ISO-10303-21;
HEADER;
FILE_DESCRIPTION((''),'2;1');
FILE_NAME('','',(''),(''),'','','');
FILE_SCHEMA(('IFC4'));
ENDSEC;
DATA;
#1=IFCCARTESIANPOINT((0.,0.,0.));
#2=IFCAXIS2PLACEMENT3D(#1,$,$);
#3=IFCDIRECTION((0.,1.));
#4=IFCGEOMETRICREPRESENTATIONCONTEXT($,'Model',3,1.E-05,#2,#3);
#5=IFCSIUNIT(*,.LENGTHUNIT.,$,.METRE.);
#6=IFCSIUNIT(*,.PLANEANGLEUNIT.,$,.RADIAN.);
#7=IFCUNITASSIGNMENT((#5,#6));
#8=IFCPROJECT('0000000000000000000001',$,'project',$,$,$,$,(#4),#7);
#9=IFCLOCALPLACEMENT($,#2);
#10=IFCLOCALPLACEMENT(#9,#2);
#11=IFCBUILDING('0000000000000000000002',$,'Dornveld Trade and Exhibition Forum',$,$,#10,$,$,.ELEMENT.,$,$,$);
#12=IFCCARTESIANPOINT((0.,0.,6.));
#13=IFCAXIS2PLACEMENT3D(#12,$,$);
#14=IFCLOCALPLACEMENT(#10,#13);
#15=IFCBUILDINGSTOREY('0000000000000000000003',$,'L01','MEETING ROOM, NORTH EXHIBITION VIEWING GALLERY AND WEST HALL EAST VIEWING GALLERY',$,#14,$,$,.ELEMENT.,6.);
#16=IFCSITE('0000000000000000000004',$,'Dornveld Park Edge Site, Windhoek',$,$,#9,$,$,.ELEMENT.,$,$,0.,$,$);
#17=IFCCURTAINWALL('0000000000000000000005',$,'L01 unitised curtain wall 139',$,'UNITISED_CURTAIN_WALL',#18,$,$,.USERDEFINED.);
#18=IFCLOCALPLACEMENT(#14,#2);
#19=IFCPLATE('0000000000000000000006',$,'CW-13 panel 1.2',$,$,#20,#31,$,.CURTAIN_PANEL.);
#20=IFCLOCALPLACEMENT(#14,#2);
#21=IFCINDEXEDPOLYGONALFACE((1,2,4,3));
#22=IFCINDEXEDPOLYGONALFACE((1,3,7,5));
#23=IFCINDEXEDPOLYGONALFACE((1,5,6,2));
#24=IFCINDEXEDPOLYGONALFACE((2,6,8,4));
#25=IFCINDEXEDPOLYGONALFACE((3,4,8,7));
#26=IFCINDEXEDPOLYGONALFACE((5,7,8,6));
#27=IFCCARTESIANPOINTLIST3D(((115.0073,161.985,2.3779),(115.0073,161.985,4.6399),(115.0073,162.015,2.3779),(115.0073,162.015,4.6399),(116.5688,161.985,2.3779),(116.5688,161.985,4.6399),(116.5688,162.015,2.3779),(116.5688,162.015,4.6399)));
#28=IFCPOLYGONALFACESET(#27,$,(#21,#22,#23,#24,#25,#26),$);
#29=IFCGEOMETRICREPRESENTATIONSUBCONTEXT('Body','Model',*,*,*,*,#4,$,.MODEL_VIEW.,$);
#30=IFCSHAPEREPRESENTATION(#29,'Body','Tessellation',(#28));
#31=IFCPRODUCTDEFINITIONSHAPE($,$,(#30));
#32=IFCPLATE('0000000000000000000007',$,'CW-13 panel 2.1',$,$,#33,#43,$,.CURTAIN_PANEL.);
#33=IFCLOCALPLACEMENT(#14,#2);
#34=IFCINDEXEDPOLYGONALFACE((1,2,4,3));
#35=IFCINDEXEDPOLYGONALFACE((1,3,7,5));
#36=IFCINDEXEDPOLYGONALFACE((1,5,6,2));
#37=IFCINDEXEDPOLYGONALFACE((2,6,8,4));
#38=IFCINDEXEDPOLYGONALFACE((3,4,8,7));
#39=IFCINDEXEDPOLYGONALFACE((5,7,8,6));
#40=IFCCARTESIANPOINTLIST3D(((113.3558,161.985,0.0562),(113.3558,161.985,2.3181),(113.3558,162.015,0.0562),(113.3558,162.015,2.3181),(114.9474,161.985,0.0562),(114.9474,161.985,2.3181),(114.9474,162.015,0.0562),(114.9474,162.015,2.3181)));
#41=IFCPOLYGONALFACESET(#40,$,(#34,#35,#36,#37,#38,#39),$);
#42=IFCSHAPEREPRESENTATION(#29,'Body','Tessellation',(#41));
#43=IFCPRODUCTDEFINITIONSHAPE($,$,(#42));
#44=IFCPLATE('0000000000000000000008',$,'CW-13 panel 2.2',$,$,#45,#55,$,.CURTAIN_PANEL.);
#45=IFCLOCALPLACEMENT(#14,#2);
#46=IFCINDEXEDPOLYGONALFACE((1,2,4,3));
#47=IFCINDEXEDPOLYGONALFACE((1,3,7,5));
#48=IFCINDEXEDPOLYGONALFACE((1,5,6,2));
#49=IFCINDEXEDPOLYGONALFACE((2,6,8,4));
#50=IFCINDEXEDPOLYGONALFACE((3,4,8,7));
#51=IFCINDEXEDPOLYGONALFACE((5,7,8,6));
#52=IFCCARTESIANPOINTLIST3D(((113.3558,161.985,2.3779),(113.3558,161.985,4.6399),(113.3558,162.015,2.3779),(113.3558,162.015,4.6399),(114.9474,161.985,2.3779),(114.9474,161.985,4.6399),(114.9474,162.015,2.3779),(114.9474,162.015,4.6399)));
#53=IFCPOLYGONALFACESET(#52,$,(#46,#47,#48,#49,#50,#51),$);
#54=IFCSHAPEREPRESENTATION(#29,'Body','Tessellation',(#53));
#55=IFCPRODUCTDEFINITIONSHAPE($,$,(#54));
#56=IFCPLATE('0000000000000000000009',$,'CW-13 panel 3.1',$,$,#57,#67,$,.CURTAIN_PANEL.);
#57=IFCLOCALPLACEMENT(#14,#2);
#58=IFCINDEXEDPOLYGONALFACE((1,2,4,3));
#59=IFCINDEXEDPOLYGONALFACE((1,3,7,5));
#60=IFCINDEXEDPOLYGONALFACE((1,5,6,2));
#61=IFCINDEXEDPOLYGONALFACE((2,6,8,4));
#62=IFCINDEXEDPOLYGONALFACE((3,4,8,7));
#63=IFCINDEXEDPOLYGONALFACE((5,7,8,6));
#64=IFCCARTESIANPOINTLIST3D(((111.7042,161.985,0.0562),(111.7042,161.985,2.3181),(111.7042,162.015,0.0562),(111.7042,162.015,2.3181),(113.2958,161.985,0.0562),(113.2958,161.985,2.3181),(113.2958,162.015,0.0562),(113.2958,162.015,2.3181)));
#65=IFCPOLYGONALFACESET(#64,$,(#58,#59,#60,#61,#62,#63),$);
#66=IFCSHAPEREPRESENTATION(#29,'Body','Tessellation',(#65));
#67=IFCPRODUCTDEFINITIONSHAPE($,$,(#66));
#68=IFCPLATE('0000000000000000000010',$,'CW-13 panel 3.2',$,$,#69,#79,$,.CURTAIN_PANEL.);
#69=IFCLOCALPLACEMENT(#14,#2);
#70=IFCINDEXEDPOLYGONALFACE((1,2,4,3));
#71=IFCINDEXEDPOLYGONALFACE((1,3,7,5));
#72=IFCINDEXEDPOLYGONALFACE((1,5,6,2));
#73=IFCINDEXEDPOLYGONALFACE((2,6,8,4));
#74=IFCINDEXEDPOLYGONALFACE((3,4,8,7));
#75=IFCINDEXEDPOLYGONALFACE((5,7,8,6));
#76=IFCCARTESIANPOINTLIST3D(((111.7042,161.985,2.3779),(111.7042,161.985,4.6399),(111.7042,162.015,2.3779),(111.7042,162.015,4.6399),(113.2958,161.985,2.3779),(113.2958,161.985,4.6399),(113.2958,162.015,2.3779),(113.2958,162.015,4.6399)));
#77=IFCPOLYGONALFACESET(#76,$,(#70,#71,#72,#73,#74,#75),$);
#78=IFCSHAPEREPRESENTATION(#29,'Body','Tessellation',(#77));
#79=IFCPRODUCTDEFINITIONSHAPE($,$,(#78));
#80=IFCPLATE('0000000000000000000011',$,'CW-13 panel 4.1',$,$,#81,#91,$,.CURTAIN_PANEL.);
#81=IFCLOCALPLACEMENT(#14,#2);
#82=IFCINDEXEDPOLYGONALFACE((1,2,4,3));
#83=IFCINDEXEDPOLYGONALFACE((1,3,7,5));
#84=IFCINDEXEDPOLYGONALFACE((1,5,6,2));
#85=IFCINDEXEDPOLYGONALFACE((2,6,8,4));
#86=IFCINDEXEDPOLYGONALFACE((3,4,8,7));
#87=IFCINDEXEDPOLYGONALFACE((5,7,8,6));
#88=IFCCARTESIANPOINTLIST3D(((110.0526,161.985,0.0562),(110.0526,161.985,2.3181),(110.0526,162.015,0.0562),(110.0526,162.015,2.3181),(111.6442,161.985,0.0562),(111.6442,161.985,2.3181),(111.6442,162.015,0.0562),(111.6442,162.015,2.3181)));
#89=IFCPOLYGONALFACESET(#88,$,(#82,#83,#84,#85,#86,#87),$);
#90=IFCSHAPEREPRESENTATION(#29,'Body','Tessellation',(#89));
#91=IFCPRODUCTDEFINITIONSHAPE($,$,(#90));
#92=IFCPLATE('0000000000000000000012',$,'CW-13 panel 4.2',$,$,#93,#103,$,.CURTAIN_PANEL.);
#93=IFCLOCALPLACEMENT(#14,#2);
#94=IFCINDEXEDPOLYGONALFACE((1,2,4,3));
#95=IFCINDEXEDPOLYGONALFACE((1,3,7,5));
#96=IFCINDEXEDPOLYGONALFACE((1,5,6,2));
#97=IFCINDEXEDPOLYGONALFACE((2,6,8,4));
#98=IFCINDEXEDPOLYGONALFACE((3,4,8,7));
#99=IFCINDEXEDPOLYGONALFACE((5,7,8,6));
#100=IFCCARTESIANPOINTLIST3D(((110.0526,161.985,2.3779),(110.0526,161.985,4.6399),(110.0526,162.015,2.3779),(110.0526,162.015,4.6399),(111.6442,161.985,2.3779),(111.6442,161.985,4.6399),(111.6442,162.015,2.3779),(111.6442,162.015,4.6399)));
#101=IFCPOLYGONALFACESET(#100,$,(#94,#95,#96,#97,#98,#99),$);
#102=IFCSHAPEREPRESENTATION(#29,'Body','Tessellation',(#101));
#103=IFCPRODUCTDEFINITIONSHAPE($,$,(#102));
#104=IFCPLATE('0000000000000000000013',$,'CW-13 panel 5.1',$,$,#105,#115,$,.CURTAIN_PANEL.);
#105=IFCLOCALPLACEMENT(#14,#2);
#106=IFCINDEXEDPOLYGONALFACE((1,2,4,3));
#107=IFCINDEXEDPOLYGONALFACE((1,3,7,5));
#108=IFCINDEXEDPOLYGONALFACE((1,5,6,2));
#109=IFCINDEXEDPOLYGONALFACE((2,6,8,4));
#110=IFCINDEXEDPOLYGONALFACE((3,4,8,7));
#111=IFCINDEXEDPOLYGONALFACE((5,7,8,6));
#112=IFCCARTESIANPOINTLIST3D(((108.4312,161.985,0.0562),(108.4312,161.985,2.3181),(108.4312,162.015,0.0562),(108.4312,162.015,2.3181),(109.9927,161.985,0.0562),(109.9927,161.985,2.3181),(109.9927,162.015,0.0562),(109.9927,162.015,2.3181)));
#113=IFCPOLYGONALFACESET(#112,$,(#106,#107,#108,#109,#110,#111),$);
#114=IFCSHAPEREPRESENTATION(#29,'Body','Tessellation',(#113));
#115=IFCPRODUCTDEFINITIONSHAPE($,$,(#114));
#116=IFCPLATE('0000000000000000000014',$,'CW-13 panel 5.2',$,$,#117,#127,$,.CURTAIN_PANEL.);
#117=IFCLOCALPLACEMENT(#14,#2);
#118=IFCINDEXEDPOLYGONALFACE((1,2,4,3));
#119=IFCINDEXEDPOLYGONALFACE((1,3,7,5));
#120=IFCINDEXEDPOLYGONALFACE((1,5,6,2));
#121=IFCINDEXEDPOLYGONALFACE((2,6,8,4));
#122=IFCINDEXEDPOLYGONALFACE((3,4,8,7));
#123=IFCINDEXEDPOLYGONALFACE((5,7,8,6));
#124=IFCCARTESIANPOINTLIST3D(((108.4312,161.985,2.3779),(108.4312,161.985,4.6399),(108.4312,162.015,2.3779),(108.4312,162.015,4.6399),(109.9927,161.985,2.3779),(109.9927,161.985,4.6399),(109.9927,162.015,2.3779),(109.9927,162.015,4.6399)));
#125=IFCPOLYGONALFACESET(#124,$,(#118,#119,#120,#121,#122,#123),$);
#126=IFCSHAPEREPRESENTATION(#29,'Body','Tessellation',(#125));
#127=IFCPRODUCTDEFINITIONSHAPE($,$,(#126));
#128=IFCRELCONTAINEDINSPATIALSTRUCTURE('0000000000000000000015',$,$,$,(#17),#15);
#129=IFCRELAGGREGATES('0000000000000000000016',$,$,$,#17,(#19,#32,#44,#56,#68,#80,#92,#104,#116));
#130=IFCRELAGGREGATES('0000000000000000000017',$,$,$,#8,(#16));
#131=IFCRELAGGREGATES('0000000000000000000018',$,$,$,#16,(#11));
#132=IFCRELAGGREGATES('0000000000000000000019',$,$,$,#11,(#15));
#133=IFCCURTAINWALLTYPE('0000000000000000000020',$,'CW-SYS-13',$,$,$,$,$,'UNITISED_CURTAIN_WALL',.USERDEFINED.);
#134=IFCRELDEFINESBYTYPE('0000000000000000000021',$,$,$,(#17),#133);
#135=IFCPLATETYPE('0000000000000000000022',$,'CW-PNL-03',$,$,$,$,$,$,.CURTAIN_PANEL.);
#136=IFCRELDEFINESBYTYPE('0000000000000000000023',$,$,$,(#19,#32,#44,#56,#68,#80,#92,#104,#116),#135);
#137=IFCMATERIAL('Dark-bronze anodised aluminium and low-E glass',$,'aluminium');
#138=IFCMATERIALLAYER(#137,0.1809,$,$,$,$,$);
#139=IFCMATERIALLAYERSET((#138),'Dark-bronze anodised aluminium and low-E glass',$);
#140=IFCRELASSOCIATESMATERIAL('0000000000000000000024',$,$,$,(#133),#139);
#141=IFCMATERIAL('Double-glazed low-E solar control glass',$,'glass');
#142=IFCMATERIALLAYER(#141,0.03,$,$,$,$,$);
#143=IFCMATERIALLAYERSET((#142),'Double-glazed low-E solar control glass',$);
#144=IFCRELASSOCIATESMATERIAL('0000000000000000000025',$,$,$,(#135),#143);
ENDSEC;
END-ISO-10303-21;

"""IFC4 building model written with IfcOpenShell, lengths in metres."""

from ifc_helpers import new_model, si_unit, direction, frame, origin, origin_2d, place, context, subcontext, project, spatial, rectangle, extrude, material, layer, layer_set, type_object, element, aggregate, save


model = new_model("IFC4")

# Units and contexts
model_context = context("Model", 3, precision=1e-05, world=origin(), true_north=direction((0.0, 1.0)))
body_context = subcontext(model_context, "Body", "Model", "MODEL_VIEW")
ifc_project = project(units=[si_unit("LENGTHUNIT", "METRE"), si_unit("PLANEANGLEUNIT", "RADIAN")], contexts=[model_context])

# Site, building, storey
site_placement = place(None, origin())
site = spatial("IfcSite", under=ifc_project, at=site_placement, Name="Dornveld Park Edge Site, Windhoek", CompositionType="ELEMENT", RefElevation=0.0)
building_placement = place(site_placement, origin())
building = spatial("IfcBuilding", under=site, at=building_placement, Name="Dornveld Trade and Exhibition Forum", CompositionType="ELEMENT")
storey_placement = place(building_placement, frame((0.0, 0.0, 6.0)))
storey = spatial("IfcBuildingStorey", under=building, at=storey_placement, Name="L01", Description="MEETING ROOM, NORTH EXHIBITION VIEWING GALLERY AND WEST HALL EAST VIEWING GALLERY", CompositionType="ELEMENT", Elevation=6.0)

# Curtain wall
ifc_material_1 = material(Name="Dark-bronze anodised aluminium and low-E glass", Category="aluminium")
ifc_layer_1 = layer(ifc_material_1, 0.1809)
ifc_layer_set_1 = layer_set([ifc_layer_1], Name="Dark-bronze anodised aluminium and low-E glass")
curtain_wall_type = type_object("IfcCurtainWallType", Name="CW-SYS-13", ElementType="UNITISED_CURTAIN_WALL", PredefinedType="USERDEFINED", material=ifc_layer_set_1)
curtain_wall_placement = place(storey_placement, origin())
curtain_wall = element("IfcCurtainWall", 1, at=curtain_wall_placement, inside=storey, type_object=curtain_wall_type, Name="L01 unitised curtain wall 139", ObjectType="UNITISED_CURTAIN_WALL", PredefinedType="USERDEFINED")

# Plates
ifc_material_2 = material(Name="Double-glazed low-E solar control glass", Category="glass")
ifc_layer_2 = layer(ifc_material_2, 0.03)
ifc_layer_set_2 = layer_set([ifc_layer_2], Name="Double-glazed low-E solar control glass")
plate_type = type_object("IfcPlateType", Name="CW-PNL-03", PredefinedType="CURTAIN_PANEL", material=ifc_layer_set_2)
plate_1_placement = place(storey_placement, frame((115.7881, 162.0, 2.3779), z_axis=(0.0, 0.0, 1.0), x_axis=(-1.0, 0.0, 0.0)))
plate_1 = element("IfcPlate", 2, at=plate_1_placement, type_object=plate_type, Name="CW-13 panel 1.2", PredefinedType="CURTAIN_PANEL", context=body_context, shape_type="SweptSolid", body=[
    extrude(rectangle(XDim=1.5615, YDim=0.03, at=origin_2d()), origin(), (0.0, 0.0, 1.0), 2.262),
])
plate_2_placement = place(storey_placement, frame((114.1516, 162.0, 0.0562), z_axis=(0.0, 0.0, 1.0), x_axis=(-1.0, 0.0, 0.0)))
plate_2 = element("IfcPlate", 3, at=plate_2_placement, type_object=plate_type, Name="CW-13 panel 2.1", PredefinedType="CURTAIN_PANEL", context=body_context, shape_type="SweptSolid", body=[
    extrude(rectangle(XDim=1.5916, YDim=0.03, at=origin_2d()), origin(), (0.0, 0.0, 1.0), 2.262),
])
plate_3_placement = place(storey_placement, frame((114.1516, 162.0, 2.3779), z_axis=(0.0, 0.0, 1.0), x_axis=(-1.0, 0.0, 0.0)))
plate_3 = element("IfcPlate", 4, at=plate_3_placement, type_object=plate_type, Name="CW-13 panel 2.2", PredefinedType="CURTAIN_PANEL", context=body_context, shape_type="SweptSolid", body=[
    extrude(rectangle(XDim=1.5916, YDim=0.03, at=origin_2d()), origin(), (0.0, 0.0, 1.0), 2.262),
])
plate_4_placement = place(storey_placement, frame((112.5, 162.0, 0.0562), z_axis=(0.0, 0.0, 1.0), x_axis=(-1.0, 0.0, 0.0)))
plate_4 = element("IfcPlate", 5, at=plate_4_placement, type_object=plate_type, Name="CW-13 panel 3.1", PredefinedType="CURTAIN_PANEL", context=body_context, shape_type="SweptSolid", body=[
    extrude(rectangle(XDim=1.5916, YDim=0.03, at=origin_2d()), origin(), (0.0, 0.0, 1.0), 2.262),
])
plate_5_placement = place(storey_placement, frame((112.5, 162.0, 2.3779), z_axis=(0.0, 0.0, 1.0), x_axis=(-1.0, 0.0, 0.0)))
plate_5 = element("IfcPlate", 6, at=plate_5_placement, type_object=plate_type, Name="CW-13 panel 3.2", PredefinedType="CURTAIN_PANEL", context=body_context, shape_type="SweptSolid", body=[
    extrude(rectangle(XDim=1.5916, YDim=0.03, at=origin_2d()), origin(), (0.0, 0.0, 1.0), 2.262),
])
plate_6_placement = place(storey_placement, frame((110.8484, 162.0, 0.0562), z_axis=(0.0, 0.0, 1.0), x_axis=(-1.0, 0.0, 0.0)))
plate_6 = element("IfcPlate", 7, at=plate_6_placement, type_object=plate_type, Name="CW-13 panel 4.1", PredefinedType="CURTAIN_PANEL", context=body_context, shape_type="SweptSolid", body=[
    extrude(rectangle(XDim=1.5916, YDim=0.03, at=origin_2d()), origin(), (0.0, 0.0, 1.0), 2.262),
])
plate_7_placement = place(storey_placement, frame((110.8484, 162.0, 2.3779), z_axis=(0.0, 0.0, 1.0), x_axis=(-1.0, 0.0, 0.0)))
plate_7 = element("IfcPlate", 8, at=plate_7_placement, type_object=plate_type, Name="CW-13 panel 4.2", PredefinedType="CURTAIN_PANEL", context=body_context, shape_type="SweptSolid", body=[
    extrude(rectangle(XDim=1.5916, YDim=0.03, at=origin_2d()), origin(), (0.0, 0.0, 1.0), 2.262),
])
plate_8_placement = place(storey_placement, frame((109.2119, 162.0, 0.0562), z_axis=(0.0, 0.0, 1.0), x_axis=(-1.0, 0.0, 0.0)))
plate_8 = element("IfcPlate", 9, at=plate_8_placement, type_object=plate_type, Name="CW-13 panel 5.1", PredefinedType="CURTAIN_PANEL", context=body_context, shape_type="SweptSolid", body=[
    extrude(rectangle(XDim=1.5615, YDim=0.03, at=origin_2d()), origin(), (0.0, 0.0, 1.0), 2.262),
])
plate_9_placement = place(storey_placement, frame((109.2119, 162.0, 2.3779), z_axis=(0.0, 0.0, 1.0), x_axis=(-1.0, 0.0, 0.0)))
plate_9 = element("IfcPlate", 10, at=plate_9_placement, type_object=plate_type, Name="CW-13 panel 5.2", PredefinedType="CURTAIN_PANEL", context=body_context, shape_type="SweptSolid", body=[
    extrude(rectangle(XDim=1.5615, YDim=0.03, at=origin_2d()), origin(), (0.0, 0.0, 1.0), 2.262),
])
aggregate(curtain_wall, [plate_1, plate_2, plate_3, plate_4, plate_5, plate_6, plate_7, plate_8, plate_9])

save(model, "model.ifc")
